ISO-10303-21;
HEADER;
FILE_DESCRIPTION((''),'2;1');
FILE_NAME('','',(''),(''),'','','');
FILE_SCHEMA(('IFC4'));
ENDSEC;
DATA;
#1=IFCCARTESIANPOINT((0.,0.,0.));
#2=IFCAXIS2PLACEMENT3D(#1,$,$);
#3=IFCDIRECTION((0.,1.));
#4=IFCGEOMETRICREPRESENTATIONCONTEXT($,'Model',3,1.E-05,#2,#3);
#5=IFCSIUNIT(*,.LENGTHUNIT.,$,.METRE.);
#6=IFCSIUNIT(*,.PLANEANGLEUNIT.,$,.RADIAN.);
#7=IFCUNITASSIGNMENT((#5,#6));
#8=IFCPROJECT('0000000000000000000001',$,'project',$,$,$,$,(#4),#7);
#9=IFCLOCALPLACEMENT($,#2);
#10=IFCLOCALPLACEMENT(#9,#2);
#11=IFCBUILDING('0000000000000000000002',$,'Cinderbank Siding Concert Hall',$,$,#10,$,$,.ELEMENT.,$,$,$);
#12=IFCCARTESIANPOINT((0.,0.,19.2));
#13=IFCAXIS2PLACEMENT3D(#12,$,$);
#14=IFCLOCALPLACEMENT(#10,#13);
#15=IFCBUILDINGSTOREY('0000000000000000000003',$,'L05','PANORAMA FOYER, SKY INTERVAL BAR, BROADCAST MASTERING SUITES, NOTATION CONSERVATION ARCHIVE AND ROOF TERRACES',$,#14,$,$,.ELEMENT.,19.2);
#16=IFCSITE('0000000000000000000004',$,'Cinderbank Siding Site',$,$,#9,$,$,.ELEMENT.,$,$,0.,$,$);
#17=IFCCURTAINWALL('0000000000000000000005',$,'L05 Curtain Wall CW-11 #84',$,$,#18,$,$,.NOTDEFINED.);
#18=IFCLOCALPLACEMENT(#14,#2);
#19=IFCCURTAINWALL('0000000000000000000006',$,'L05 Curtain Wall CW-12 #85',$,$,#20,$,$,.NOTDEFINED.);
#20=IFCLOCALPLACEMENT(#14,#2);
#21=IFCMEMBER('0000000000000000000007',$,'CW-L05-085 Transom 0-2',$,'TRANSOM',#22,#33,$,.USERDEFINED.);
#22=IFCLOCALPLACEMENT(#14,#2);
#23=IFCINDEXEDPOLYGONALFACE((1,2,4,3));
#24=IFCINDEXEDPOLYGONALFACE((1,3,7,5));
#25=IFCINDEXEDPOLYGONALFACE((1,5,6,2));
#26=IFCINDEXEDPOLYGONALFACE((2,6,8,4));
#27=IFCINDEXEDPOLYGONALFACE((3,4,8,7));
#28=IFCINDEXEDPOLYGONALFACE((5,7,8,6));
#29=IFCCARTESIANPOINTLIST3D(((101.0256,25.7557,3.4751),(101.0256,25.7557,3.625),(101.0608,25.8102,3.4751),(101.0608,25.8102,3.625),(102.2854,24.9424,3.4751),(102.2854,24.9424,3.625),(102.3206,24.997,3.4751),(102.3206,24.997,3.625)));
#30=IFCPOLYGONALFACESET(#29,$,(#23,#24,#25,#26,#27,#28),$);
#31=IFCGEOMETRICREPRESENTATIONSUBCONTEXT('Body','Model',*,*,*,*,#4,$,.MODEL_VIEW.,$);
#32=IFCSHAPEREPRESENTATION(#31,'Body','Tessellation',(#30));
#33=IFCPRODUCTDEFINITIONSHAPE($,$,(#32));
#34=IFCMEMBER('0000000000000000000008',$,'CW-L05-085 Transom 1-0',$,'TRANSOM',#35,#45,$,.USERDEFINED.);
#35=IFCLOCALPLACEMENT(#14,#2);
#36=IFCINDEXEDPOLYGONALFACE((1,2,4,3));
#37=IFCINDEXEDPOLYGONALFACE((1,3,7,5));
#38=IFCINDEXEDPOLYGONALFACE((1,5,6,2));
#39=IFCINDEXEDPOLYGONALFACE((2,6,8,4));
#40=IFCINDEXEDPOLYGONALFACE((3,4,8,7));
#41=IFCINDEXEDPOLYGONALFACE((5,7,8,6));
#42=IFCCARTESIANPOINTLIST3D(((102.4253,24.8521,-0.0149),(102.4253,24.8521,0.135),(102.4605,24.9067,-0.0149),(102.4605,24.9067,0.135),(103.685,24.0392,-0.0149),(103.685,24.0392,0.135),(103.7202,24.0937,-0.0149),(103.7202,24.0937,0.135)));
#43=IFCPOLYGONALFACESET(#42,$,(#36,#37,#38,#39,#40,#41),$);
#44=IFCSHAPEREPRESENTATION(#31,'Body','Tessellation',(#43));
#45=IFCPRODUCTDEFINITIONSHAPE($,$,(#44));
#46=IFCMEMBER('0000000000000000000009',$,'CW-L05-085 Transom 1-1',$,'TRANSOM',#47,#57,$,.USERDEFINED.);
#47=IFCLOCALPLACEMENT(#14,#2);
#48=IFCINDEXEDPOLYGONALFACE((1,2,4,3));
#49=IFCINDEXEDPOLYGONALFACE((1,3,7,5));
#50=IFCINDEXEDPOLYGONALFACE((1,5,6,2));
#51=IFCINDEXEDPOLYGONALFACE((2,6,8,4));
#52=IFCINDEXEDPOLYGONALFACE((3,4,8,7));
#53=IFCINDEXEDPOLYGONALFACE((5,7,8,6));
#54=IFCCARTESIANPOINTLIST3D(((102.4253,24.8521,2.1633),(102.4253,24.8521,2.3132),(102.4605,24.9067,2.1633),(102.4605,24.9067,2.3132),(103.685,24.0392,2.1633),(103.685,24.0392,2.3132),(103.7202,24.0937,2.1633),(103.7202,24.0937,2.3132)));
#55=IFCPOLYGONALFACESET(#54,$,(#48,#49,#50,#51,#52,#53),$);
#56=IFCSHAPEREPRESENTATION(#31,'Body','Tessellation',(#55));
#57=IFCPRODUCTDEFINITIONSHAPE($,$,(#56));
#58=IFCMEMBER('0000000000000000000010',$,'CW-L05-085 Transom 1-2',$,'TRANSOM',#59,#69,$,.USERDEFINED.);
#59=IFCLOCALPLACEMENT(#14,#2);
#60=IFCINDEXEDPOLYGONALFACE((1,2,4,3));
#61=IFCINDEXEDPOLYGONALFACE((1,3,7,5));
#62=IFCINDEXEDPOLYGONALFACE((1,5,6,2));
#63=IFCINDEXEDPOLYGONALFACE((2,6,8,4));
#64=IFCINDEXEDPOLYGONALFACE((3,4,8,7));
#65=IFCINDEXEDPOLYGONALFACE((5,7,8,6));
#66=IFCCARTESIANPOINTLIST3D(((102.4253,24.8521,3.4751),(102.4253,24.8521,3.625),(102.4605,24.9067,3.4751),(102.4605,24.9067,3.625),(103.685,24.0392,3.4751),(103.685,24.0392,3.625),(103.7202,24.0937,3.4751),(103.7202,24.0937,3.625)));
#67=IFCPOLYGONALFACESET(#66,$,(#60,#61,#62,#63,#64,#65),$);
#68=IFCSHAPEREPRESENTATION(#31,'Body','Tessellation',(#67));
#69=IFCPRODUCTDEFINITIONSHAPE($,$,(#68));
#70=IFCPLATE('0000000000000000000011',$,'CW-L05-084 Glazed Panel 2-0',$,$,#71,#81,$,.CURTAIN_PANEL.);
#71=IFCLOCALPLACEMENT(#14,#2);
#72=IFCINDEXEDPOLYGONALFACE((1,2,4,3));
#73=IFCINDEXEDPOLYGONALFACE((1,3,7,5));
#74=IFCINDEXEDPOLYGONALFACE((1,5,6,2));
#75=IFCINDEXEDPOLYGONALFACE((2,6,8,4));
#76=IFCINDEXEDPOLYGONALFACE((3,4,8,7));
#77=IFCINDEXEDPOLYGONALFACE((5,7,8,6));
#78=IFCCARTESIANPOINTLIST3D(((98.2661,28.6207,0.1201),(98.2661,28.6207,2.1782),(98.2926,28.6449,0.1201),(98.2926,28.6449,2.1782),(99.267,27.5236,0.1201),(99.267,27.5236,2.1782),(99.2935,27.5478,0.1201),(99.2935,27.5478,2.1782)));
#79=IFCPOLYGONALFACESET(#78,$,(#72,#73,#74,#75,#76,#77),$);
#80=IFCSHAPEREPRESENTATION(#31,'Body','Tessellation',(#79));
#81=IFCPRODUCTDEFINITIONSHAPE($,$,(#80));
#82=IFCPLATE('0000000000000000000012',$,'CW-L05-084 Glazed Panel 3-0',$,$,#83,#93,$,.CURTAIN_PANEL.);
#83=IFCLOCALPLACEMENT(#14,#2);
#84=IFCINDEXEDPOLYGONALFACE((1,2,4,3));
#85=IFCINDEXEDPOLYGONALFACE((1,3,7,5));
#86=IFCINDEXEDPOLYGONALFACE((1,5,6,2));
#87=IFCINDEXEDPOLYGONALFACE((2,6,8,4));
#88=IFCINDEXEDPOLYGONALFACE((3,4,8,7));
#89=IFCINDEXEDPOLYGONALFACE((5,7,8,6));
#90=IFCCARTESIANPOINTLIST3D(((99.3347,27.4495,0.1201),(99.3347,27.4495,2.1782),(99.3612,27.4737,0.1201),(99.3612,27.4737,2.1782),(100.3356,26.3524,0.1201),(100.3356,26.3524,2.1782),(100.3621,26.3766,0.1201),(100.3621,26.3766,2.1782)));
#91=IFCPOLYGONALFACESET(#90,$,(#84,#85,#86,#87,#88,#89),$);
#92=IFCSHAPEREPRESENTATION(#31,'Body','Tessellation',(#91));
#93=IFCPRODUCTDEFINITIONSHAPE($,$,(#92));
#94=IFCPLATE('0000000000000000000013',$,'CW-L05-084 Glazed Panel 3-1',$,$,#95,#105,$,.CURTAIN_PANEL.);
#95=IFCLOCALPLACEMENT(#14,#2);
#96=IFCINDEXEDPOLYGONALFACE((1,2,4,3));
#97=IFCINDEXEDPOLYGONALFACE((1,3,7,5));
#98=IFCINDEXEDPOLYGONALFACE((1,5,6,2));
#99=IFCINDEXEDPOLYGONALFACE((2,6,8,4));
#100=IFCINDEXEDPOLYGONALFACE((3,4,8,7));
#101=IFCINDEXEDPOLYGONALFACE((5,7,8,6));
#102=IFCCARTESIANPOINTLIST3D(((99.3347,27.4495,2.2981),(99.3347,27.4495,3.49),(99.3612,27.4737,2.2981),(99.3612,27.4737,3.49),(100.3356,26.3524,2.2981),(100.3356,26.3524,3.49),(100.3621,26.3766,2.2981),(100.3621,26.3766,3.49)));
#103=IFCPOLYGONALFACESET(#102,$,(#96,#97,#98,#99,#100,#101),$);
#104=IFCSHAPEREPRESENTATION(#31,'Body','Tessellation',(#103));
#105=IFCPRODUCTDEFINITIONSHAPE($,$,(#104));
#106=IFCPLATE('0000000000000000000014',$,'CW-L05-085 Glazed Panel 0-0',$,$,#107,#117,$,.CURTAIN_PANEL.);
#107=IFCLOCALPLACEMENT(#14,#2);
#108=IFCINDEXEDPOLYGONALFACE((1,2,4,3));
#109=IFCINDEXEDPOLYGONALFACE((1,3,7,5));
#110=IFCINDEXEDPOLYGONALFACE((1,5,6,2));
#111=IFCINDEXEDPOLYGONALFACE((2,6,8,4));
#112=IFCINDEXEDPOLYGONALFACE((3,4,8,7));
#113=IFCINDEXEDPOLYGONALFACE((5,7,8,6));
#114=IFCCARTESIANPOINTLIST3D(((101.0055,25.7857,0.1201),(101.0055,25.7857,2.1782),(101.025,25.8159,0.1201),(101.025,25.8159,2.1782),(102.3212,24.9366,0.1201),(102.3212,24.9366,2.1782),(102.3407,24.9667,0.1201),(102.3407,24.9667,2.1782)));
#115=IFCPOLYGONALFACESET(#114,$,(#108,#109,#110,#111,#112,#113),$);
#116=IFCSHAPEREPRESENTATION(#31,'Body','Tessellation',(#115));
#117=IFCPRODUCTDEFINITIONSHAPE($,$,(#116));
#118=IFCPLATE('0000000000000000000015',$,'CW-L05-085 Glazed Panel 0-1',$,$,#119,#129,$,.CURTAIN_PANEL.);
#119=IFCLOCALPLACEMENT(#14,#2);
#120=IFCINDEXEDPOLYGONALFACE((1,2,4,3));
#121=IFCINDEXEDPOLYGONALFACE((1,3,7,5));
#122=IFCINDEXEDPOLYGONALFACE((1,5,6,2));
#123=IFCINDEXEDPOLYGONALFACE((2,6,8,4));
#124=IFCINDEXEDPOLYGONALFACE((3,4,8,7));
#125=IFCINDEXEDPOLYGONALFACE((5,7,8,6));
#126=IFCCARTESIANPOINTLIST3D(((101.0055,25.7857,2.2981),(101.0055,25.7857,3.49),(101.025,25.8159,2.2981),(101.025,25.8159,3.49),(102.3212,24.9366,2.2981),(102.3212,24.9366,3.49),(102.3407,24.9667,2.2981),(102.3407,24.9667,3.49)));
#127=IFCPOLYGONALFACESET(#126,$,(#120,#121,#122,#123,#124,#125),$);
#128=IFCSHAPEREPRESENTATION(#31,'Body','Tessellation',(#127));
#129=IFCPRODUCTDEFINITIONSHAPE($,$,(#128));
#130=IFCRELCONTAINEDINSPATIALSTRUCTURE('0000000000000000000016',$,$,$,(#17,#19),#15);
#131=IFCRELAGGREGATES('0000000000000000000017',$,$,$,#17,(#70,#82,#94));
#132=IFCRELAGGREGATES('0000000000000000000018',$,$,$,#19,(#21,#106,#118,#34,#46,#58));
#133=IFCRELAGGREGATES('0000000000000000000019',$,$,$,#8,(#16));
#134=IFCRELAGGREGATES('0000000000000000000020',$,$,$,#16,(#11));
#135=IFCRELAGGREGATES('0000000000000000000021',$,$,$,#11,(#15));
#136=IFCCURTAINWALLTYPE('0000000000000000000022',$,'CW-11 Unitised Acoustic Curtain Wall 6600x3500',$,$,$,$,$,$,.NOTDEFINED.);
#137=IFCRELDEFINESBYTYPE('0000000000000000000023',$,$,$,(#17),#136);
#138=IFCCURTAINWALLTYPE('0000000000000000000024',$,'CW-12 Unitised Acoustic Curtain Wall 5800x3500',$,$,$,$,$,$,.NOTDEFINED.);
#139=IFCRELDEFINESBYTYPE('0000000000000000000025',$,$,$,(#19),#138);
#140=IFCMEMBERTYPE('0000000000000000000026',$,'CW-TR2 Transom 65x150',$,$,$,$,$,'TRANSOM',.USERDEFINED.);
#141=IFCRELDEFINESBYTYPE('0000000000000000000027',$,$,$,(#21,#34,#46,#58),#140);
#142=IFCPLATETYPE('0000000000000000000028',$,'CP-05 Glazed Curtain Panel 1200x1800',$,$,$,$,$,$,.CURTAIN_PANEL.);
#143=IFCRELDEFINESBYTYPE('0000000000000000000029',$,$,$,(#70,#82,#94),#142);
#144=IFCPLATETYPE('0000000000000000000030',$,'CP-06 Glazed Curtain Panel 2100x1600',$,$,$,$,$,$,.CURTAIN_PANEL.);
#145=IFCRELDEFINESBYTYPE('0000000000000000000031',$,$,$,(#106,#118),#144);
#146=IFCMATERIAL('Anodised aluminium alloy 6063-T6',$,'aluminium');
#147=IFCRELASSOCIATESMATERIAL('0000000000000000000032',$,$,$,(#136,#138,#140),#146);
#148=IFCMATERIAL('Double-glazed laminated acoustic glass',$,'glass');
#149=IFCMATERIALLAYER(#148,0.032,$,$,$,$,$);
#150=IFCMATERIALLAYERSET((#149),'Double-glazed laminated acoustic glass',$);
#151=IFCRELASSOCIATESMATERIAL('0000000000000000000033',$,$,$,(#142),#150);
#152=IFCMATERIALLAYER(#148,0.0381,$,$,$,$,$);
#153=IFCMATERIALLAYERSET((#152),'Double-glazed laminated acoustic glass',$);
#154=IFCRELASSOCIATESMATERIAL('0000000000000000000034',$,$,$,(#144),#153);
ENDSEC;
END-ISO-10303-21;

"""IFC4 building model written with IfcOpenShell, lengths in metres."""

from ifc_helpers import new_model, si_unit, direction, frame, origin, origin_2d, place, context, subcontext, project, spatial, rectangle, extrude, material, layer, layer_set, material_profile, profile_set, type_object, element, aggregate, save


model = new_model("IFC4")

# Units and contexts
model_context = context("Model", 3, precision=1e-05, world=origin(), true_north=direction((0.0, 1.0)))
body_context = subcontext(model_context, "Body", "Model", "MODEL_VIEW")
ifc_project = project(units=[si_unit("LENGTHUNIT", "METRE"), si_unit("PLANEANGLEUNIT", "RADIAN")], contexts=[model_context])

# Site, building, storey
site_placement = place(None, origin())
site = spatial("IfcSite", under=ifc_project, at=site_placement, Name="Cinderbank Siding Site", CompositionType="ELEMENT", RefElevation=0.0)
building_placement = place(site_placement, origin())
building = spatial("IfcBuilding", under=site, at=building_placement, Name="Cinderbank Siding Concert Hall", CompositionType="ELEMENT")
storey_placement = place(building_placement, frame((0.0, 0.0, 19.2)))
storey = spatial("IfcBuildingStorey", under=building, at=storey_placement, Name="L05", Description="PANORAMA FOYER, SKY INTERVAL BAR, BROADCAST MASTERING SUITES, NOTATION CONSERVATION ARCHIVE AND ROOF TERRACES", CompositionType="ELEMENT", Elevation=19.2)

# Curtain walls
ifc_material_1 = material(Name="Anodised aluminium alloy 6063-T6", Category="aluminium")
curtain_wall_type_1 = type_object("IfcCurtainWallType", Name="CW-11 Unitised Acoustic Curtain Wall 6600x3500", PredefinedType="NOTDEFINED", material=ifc_material_1)
curtain_wall_1_placement = place(storey_placement, origin())
curtain_wall_1 = element("IfcCurtainWall", 1, at=curtain_wall_1_placement, inside=storey, type_object=curtain_wall_type_1, Name="L05 Curtain Wall CW-11 #84", PredefinedType="NOTDEFINED")
curtain_wall_type_2 = type_object("IfcCurtainWallType", Name="CW-12 Unitised Acoustic Curtain Wall 5800x3500", PredefinedType="NOTDEFINED", material=ifc_material_1)
curtain_wall_2_placement = place(storey_placement, origin())
curtain_wall_2 = element("IfcCurtainWall", 2, at=curtain_wall_2_placement, inside=storey, type_object=curtain_wall_type_2, Name="L05 Curtain Wall CW-12 #85", PredefinedType="NOTDEFINED")

# Members
ifc_material_profile_1 = material_profile(ifc_material_1, rectangle(XDim=0.0649, YDim=0.1499, at=origin_2d()), Name="ALU-TRAN-65x150", Category="LoadBearing")
ifc_profile_set_1 = profile_set([ifc_material_profile_1], Name="Anodised aluminium alloy 6063-T6")
member_type_1 = type_object("IfcMemberType", Name="CW-TR2 Transom 65x150", ElementType="TRANSOM", PredefinedType="USERDEFINED", material=ifc_profile_set_1)
member_1_placement = place(storey_placement, frame((101.0432, 25.783, 3.55), z_axis=(0.840151, -0.542353, 0.0), x_axis=(0.542353, 0.840151, 0.0)))
member_1 = element("IfcMember", 3, at=member_1_placement, type_object=member_type_1, Name="CW-L05-085 Transom 0-2", ObjectType="TRANSOM", PredefinedType="USERDEFINED", context=body_context, shape_type="SweptSolid", body=[
    extrude(rectangle(XDim=0.0649, YDim=0.1499, at=origin_2d()), origin(), (0.0, 0.0, 1.0), 1.4995),
])
member_2_placement = place(storey_placement, frame((102.4429, 24.8794, 0.0601), z_axis=(0.840225, -0.542238, 0.0), x_axis=(0.542238, 0.840225, 0.0)))
member_2 = element("IfcMember", 4, at=member_2_placement, type_object=member_type_1, Name="CW-L05-085 Transom 1-0", ObjectType="TRANSOM", PredefinedType="USERDEFINED", context=body_context, shape_type="SweptSolid", body=[
    extrude(rectangle(XDim=0.0649, YDim=0.1499, at=origin_2d()), origin(), (0.0, 0.0, 1.0), 1.4993),
])
member_3_placement = place(storey_placement, frame((102.4429, 24.8794, 2.2383), z_axis=(0.840225, -0.542238, 0.0), x_axis=(0.542238, 0.840225, 0.0)))
member_3 = element("IfcMember", 5, at=member_3_placement, type_object=member_type_1, Name="CW-L05-085 Transom 1-1", ObjectType="TRANSOM", PredefinedType="USERDEFINED", context=body_context, shape_type="SweptSolid", body=[
    extrude(rectangle(XDim=0.0649, YDim=0.1499, at=origin_2d()), origin(), (0.0, 0.0, 1.0), 1.4993),
])
member_4_placement = place(storey_placement, frame((102.4429, 24.8794, 3.55), z_axis=(0.840225, -0.542238, 0.0), x_axis=(0.542238, 0.840225, 0.0)))
member_4 = element("IfcMember", 6, at=member_4_placement, type_object=member_type_1, Name="CW-L05-085 Transom 1-2", ObjectType="TRANSOM", PredefinedType="USERDEFINED", context=body_context, shape_type="SweptSolid", body=[
    extrude(rectangle(XDim=0.0649, YDim=0.1499, at=origin_2d()), origin(), (0.0, 0.0, 1.0), 1.4993),
])

# Plates
ifc_material_2 = material(Name="Double-glazed laminated acoustic glass", Category="glass")
ifc_layer_1 = layer(ifc_material_2, 0.032)
ifc_layer_set_1 = layer_set([ifc_layer_1], Name="Double-glazed laminated acoustic glass")
plate_type_1 = type_object("IfcPlateType", Name="CP-05 Glazed Curtain Panel 1200x1800", PredefinedType="CURTAIN_PANEL", material=ifc_layer_set_1)
plate_1_placement = place(storey_placement, frame((98.7798, 28.0842, 0.1201), z_axis=(0.0, 0.0, 1.0), x_axis=(0.673989, -0.738742, 0.0)))
plate_1 = element("IfcPlate", 7, at=plate_1_placement, type_object=plate_type_1, Name="CW-L05-084 Glazed Panel 2-0", PredefinedType="CURTAIN_PANEL", context=body_context, shape_type="SweptSolid", body=[
    extrude(rectangle(XDim=1.4851, YDim=0.0359, at=origin_2d()), origin(), (0.0, 0.0, 1.0), 2.0581),
])
plate_2_placement = place(storey_placement, frame((99.8484, 26.9131, 0.1201), z_axis=(0.0, 0.0, 1.0), x_axis=(0.673989, -0.738742, 0.0)))
plate_2 = element("IfcPlate", 8, at=plate_2_placement, type_object=plate_type_1, Name="CW-L05-084 Glazed Panel 3-0", PredefinedType="CURTAIN_PANEL", context=body_context, shape_type="SweptSolid", body=[
    extrude(rectangle(XDim=1.4851, YDim=0.0359, at=origin_2d()), origin(), (0.0, 0.0, 1.0), 2.0581),
])
plate_3_placement = place(storey_placement, frame((99.8484, 26.9131, 2.2981), z_axis=(0.0, 0.0, 1.0), x_axis=(0.673989, -0.738742, 0.0)))
plate_3 = element("IfcPlate", 9, at=plate_3_placement, type_object=plate_type_1, Name="CW-L05-084 Glazed Panel 3-1", PredefinedType="CURTAIN_PANEL", context=body_context, shape_type="SweptSolid", body=[
    extrude(rectangle(XDim=1.4851, YDim=0.0359, at=origin_2d()), origin(), (0.0, 0.0, 1.0), 1.1919),
])
aggregate(curtain_wall_1, [plate_1, plate_2, plate_3])
ifc_layer_2 = layer(ifc_material_2, 0.0381)
ifc_layer_set_2 = layer_set([ifc_layer_2], Name="Double-glazed laminated acoustic glass")
plate_type_2 = type_object("IfcPlateType", Name="CP-06 Glazed Curtain Panel 2100x1600", PredefinedType="CURTAIN_PANEL", material=ifc_layer_set_2)
plate_4_placement = place(storey_placement, frame((101.6731, 25.3762, 0.1201), z_axis=(0.0, 0.0, 1.0), x_axis=(0.840219, -0.542248, 0.0)))
plate_4 = element("IfcPlate", 10, at=plate_4_placement, type_object=plate_type_2, Name="CW-L05-085 Glazed Panel 0-0", PredefinedType="CURTAIN_PANEL", context=body_context, shape_type="SweptSolid", body=[
    extrude(rectangle(XDim=1.5659, YDim=0.0359, at=origin_2d()), origin(), (0.0, 0.0, 1.0), 2.0581),
])
plate_5_placement = place(storey_placement, frame((101.6731, 25.3762, 2.2981), z_axis=(0.0, 0.0, 1.0), x_axis=(0.840219, -0.542248, 0.0)))
plate_5 = element("IfcPlate", 11, at=plate_5_placement, type_object=plate_type_2, Name="CW-L05-085 Glazed Panel 0-1", PredefinedType="CURTAIN_PANEL", context=body_context, shape_type="SweptSolid", body=[
    extrude(rectangle(XDim=1.5659, YDim=0.0359, at=origin_2d()), origin(), (0.0, 0.0, 1.0), 1.1919),
])
aggregate(curtain_wall_2, [member_1, plate_4, plate_5, member_2, member_3, member_4])

save(model, "model.ifc")
